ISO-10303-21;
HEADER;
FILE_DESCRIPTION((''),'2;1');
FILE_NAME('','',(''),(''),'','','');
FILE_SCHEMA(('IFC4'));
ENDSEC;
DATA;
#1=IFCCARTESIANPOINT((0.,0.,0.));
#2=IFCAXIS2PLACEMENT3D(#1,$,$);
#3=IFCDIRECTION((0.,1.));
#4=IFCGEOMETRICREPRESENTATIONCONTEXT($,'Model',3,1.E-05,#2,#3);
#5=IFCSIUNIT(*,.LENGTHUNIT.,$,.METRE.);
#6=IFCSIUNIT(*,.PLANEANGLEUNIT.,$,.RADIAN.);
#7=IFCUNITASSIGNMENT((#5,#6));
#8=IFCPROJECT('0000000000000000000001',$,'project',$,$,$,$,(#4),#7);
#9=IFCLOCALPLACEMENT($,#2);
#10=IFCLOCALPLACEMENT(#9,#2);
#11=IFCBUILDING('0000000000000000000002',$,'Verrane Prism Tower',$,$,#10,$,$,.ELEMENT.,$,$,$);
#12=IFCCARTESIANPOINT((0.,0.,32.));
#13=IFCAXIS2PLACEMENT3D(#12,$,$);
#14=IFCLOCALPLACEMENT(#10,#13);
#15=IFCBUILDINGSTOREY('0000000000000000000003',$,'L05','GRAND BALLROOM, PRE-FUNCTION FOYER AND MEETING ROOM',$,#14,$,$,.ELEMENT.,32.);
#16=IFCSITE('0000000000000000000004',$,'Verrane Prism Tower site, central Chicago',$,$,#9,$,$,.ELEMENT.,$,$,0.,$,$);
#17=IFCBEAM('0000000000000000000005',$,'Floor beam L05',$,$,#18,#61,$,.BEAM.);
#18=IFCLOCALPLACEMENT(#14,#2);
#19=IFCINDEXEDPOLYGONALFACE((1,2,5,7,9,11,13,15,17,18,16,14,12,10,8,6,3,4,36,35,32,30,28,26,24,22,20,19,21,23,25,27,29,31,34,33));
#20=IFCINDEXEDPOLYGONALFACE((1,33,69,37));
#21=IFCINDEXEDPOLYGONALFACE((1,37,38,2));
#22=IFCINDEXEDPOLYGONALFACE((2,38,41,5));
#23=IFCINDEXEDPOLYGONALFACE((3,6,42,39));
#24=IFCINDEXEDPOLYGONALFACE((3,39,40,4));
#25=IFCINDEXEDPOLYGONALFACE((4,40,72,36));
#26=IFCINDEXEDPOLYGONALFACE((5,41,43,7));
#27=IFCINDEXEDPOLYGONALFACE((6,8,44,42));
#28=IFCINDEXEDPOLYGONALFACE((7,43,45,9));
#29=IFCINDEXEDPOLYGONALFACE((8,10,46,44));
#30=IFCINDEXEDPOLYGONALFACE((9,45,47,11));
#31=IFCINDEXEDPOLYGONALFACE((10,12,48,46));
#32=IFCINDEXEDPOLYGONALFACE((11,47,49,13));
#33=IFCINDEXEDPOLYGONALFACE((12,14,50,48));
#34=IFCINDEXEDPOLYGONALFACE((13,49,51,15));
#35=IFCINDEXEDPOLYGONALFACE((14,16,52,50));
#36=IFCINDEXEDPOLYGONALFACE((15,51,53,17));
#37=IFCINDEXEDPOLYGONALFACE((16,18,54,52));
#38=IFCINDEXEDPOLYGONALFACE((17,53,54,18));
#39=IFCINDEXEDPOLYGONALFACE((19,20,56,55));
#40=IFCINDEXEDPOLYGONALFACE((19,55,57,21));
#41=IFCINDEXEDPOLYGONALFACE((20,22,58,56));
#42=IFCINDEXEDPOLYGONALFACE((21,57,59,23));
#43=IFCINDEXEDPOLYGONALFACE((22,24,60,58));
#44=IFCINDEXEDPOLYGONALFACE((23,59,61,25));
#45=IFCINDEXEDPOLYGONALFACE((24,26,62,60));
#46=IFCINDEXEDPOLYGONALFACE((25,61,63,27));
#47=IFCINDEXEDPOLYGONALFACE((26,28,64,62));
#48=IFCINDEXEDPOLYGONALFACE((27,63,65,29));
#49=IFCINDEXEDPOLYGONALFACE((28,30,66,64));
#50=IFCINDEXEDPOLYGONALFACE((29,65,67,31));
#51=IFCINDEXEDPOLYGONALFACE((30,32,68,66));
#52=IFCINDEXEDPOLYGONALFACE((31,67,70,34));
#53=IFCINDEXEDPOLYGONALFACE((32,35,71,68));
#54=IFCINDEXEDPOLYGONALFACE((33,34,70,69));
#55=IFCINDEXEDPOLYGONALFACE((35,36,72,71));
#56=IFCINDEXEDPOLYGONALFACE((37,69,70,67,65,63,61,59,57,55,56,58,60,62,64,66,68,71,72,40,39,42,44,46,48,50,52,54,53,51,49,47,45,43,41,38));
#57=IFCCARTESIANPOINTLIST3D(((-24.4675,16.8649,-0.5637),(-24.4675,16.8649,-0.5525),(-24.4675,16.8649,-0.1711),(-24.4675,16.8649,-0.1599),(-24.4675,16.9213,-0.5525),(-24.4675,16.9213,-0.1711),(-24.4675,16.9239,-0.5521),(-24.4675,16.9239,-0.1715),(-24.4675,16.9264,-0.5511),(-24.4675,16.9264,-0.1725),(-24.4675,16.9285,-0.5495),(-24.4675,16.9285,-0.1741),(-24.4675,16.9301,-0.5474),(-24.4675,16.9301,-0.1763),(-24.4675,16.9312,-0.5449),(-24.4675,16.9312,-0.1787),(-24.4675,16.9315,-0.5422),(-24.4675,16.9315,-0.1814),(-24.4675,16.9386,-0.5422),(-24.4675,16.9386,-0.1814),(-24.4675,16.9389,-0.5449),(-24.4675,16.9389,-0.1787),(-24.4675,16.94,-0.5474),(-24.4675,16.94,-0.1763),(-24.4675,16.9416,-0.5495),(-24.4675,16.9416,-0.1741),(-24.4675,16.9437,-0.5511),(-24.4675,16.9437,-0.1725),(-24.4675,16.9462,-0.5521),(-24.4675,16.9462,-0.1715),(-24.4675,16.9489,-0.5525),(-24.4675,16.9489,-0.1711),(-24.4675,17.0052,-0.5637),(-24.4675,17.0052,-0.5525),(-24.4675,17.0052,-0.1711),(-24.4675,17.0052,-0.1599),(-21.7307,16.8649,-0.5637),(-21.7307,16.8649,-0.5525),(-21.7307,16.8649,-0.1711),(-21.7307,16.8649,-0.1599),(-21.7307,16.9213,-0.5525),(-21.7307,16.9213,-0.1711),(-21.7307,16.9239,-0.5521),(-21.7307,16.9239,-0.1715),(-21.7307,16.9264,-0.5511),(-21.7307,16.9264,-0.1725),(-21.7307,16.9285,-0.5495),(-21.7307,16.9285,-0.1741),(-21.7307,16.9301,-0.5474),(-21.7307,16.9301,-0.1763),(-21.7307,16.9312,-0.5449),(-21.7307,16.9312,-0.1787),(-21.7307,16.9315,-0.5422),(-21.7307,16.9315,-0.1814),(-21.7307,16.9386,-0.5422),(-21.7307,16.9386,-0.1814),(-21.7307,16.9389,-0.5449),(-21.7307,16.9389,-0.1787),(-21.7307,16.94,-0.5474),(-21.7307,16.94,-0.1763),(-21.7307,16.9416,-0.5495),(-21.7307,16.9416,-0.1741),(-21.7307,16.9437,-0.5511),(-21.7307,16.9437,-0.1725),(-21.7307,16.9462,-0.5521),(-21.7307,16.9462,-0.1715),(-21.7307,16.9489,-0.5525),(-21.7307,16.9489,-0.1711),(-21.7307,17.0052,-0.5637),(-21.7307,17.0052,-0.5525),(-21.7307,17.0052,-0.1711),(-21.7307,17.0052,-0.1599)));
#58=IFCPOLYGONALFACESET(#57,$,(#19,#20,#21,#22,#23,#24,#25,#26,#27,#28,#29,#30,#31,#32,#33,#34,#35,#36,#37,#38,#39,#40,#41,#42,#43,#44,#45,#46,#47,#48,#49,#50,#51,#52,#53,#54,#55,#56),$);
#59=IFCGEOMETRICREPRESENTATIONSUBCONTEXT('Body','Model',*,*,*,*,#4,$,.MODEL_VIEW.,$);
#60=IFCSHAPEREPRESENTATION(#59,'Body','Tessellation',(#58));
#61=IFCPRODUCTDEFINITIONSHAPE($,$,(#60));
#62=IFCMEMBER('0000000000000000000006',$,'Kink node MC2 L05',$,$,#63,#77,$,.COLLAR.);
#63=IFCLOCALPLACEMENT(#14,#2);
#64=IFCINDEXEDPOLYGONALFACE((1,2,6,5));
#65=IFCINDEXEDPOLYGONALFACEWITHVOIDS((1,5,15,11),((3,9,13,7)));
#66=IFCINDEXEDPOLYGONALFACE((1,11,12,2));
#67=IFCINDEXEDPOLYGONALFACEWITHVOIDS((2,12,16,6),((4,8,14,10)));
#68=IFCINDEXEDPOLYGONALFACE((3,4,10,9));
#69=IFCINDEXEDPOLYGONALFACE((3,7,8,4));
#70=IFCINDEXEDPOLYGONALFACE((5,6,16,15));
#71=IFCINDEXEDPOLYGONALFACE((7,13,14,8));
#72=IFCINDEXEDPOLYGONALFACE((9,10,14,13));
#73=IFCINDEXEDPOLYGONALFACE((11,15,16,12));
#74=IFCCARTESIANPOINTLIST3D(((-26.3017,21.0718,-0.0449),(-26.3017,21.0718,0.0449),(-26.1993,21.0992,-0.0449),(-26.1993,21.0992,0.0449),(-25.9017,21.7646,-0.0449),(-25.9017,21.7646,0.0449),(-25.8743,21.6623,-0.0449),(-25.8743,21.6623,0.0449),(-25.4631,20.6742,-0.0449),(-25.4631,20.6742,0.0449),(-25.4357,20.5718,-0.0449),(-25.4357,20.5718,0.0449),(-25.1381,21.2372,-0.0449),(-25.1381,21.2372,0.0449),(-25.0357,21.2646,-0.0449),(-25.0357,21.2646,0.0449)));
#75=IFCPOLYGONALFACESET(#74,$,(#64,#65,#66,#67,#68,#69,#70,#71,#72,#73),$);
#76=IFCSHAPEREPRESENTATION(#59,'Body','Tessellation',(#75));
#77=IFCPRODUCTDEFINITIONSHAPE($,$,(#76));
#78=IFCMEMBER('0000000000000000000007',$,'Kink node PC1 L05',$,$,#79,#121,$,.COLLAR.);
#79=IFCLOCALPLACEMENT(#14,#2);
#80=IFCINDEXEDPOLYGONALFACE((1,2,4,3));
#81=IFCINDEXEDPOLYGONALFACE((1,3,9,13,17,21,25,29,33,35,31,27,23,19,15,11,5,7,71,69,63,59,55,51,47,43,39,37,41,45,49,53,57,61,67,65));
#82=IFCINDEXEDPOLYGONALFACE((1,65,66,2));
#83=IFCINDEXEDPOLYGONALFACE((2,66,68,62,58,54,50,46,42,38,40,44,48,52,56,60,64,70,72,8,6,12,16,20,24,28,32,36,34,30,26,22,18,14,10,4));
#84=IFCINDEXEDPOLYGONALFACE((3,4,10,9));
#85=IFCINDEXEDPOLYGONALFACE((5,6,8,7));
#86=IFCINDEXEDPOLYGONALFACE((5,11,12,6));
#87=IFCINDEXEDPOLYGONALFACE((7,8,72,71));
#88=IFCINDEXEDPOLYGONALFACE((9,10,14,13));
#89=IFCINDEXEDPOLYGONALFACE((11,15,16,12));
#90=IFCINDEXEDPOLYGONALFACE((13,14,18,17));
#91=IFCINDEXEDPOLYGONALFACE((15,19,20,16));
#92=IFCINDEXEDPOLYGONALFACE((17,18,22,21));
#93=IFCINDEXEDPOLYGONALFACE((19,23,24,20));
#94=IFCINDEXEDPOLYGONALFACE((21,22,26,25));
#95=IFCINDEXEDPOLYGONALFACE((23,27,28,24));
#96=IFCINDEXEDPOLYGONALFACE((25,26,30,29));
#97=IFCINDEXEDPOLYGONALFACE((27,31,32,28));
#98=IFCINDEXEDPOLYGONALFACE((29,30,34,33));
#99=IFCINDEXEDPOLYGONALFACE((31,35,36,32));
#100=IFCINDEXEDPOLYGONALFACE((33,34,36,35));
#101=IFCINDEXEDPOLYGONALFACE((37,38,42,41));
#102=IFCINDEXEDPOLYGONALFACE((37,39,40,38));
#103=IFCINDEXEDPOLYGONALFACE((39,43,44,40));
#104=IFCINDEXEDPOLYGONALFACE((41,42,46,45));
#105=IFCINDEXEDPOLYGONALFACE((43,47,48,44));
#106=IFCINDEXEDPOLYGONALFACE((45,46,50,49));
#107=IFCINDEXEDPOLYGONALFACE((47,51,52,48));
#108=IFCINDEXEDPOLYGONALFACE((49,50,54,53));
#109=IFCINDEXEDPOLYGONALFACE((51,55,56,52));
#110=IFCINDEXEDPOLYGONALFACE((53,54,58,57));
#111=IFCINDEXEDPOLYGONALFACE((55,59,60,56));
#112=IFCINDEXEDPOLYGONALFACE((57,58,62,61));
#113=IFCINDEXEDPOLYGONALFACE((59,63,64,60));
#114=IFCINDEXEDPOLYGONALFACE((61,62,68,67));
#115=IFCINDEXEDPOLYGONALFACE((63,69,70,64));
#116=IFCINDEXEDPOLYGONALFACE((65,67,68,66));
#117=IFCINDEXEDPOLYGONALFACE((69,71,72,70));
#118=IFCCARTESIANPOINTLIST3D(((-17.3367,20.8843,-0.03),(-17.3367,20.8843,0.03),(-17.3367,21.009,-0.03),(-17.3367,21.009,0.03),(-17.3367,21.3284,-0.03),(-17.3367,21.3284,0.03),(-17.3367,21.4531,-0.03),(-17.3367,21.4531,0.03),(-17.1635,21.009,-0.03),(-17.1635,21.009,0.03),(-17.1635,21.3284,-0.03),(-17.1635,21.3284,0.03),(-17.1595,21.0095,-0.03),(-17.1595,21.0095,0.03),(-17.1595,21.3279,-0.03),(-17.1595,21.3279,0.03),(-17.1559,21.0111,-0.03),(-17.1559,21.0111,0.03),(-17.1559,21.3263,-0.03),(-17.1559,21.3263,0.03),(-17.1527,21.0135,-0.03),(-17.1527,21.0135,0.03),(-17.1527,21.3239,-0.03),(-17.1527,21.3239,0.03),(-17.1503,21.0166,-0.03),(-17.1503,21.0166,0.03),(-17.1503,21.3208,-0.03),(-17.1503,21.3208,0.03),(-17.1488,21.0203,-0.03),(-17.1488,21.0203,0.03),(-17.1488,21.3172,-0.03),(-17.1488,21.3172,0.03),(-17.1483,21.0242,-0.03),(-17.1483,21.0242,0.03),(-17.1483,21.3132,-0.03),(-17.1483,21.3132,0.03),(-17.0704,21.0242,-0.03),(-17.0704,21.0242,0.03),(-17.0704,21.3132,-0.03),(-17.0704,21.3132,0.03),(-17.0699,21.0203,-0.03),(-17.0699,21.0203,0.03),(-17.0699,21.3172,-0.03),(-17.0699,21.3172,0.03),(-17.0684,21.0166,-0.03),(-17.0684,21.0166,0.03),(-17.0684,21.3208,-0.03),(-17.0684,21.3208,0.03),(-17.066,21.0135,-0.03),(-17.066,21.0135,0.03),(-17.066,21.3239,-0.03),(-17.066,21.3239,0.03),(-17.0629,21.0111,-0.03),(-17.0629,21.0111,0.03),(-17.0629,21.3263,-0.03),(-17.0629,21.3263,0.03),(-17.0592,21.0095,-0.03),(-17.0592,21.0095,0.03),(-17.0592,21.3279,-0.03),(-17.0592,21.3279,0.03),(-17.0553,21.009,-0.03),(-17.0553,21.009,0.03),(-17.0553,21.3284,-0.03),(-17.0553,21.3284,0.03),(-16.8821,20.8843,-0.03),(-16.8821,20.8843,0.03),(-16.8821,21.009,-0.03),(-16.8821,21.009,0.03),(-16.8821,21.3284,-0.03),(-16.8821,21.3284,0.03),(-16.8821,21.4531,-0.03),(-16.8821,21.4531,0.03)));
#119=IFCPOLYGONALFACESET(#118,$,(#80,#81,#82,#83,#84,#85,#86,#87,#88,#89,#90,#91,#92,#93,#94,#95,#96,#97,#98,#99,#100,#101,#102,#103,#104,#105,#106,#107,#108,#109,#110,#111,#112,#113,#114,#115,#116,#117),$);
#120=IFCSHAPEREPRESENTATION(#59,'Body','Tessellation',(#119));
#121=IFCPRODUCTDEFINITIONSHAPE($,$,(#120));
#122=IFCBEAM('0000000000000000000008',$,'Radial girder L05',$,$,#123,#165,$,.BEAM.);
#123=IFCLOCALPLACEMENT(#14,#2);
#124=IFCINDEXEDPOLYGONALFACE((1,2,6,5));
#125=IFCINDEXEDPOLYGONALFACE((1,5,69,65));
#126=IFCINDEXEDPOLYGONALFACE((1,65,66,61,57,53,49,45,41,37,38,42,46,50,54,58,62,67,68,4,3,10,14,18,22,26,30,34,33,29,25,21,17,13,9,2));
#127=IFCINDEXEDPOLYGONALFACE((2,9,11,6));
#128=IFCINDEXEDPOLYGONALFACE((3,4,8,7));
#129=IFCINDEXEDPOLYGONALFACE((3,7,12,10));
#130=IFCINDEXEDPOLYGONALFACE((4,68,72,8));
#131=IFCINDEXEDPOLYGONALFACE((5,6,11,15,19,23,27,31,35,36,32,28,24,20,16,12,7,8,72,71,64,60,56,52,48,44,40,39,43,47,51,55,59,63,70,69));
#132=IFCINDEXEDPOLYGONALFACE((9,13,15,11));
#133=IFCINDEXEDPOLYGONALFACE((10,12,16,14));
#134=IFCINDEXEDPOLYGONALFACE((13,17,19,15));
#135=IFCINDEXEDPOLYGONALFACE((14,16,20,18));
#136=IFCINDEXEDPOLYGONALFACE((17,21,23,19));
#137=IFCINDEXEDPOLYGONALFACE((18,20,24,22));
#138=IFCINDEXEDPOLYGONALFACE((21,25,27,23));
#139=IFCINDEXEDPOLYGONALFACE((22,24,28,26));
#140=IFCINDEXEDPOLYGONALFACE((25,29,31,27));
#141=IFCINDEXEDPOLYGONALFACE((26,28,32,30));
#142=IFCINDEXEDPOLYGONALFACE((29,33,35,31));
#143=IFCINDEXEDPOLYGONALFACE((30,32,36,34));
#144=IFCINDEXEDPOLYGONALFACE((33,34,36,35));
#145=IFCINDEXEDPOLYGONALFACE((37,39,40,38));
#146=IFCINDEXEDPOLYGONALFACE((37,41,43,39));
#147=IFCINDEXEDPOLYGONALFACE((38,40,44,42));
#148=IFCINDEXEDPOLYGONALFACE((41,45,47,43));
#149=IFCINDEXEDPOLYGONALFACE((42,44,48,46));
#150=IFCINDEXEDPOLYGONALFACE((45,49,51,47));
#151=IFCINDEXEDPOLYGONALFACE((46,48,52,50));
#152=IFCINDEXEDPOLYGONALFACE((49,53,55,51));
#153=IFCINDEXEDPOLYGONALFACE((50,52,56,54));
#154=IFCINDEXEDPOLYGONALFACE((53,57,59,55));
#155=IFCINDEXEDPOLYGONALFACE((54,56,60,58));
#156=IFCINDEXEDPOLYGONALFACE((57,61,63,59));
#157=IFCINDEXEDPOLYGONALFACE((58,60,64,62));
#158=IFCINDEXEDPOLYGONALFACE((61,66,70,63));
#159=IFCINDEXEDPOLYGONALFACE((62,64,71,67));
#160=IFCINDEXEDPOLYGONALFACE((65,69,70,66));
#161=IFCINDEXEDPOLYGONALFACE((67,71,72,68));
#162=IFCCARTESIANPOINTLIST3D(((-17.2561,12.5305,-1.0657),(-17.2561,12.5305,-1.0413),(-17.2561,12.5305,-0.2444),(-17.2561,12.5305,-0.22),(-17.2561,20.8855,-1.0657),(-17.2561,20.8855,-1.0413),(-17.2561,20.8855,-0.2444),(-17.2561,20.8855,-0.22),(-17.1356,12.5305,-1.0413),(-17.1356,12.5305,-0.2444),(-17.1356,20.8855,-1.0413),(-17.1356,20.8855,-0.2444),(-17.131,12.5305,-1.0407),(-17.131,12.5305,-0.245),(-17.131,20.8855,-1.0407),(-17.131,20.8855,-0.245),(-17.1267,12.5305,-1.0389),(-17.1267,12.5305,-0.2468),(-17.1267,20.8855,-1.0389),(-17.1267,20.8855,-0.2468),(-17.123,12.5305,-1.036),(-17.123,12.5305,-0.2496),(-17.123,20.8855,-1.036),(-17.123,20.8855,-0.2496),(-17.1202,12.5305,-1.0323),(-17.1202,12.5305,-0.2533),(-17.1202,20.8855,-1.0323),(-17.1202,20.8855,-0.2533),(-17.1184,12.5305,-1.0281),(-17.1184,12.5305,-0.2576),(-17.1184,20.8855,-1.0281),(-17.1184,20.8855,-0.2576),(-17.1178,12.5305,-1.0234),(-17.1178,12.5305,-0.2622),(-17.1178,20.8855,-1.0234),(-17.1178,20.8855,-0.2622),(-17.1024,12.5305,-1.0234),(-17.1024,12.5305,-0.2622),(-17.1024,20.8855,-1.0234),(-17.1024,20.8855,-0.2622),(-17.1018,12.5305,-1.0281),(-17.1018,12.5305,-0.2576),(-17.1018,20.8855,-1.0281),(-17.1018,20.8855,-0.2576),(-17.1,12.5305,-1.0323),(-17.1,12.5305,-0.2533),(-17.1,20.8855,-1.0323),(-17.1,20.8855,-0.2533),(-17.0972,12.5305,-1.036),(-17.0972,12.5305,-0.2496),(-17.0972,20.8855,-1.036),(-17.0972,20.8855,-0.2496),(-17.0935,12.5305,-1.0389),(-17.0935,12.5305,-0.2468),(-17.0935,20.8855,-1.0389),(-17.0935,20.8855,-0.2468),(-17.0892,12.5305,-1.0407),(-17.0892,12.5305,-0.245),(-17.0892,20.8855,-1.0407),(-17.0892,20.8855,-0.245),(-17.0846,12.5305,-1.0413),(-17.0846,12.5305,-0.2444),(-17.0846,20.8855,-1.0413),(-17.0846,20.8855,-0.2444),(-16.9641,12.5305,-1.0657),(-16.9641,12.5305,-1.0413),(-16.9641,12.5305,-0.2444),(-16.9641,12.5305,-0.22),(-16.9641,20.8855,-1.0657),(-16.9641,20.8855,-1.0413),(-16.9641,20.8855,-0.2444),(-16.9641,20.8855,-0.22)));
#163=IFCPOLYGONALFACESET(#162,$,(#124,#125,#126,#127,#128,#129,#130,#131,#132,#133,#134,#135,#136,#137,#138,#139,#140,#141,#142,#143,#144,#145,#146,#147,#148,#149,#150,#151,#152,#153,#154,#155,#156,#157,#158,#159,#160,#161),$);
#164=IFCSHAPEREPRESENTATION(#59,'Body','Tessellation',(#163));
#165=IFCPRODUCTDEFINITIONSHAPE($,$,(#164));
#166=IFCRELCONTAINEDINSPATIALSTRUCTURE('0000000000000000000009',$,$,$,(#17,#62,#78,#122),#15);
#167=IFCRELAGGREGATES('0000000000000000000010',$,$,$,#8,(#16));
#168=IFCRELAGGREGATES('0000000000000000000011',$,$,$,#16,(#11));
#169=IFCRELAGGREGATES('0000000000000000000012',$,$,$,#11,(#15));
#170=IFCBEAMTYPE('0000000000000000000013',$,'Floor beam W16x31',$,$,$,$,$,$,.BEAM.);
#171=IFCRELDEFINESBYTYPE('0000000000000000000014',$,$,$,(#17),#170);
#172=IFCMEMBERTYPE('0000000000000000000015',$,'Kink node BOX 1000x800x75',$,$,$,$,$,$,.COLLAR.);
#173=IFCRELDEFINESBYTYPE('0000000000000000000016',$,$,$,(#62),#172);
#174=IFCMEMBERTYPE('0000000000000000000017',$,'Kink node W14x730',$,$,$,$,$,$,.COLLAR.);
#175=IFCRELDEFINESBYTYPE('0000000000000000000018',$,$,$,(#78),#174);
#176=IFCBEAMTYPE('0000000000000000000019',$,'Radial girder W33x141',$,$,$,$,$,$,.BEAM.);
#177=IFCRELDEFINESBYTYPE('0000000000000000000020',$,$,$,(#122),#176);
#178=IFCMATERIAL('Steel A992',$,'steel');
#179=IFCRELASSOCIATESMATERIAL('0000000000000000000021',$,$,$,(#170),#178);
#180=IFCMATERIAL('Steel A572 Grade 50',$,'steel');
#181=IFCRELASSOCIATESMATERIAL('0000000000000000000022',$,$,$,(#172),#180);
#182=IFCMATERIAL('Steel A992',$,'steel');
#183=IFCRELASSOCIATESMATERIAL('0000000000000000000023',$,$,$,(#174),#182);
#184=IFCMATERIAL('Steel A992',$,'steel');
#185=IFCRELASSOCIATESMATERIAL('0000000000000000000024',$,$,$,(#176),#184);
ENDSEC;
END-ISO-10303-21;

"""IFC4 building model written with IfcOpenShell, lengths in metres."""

from ifc_helpers import new_model, si_unit, direction, frame, origin, origin_2d, place, context, subcontext, project, spatial, hollow_rectangle, i_section, extrude, material, material_profile, profile_set, type_object, element, save


model = new_model("IFC4")

# Units and contexts
model_context = context("Model", 3, precision=1e-05, world=origin(), true_north=direction((0.0, 1.0)))
body_context = subcontext(model_context, "Body", "Model", "MODEL_VIEW")
ifc_project = project(units=[si_unit("LENGTHUNIT", "METRE"), si_unit("PLANEANGLEUNIT", "RADIAN")], contexts=[model_context])

# Site, building, storey
site_placement = place(None, origin())
site = spatial("IfcSite", under=ifc_project, at=site_placement, Name="Verrane Prism Tower site, central Chicago", CompositionType="ELEMENT", RefElevation=0.0)
building_placement = place(site_placement, origin())
building = spatial("IfcBuilding", under=site, at=building_placement, Name="Verrane Prism Tower", CompositionType="ELEMENT")
storey_placement = place(building_placement, frame((0.0, 0.0, 32.0)))
storey = spatial("IfcBuildingStorey", under=building, at=storey_placement, Name="L05", Description="GRAND BALLROOM, PRE-FUNCTION FOYER AND MEETING ROOM", CompositionType="ELEMENT", Elevation=32.0)

# Beam
ifc_material_1 = material(Name="Steel A992", Category="steel")
ifc_material_profile_1 = material_profile(ifc_material_1, i_section(OverallWidth=0.1404, OverallDepth=0.4038, WebThickness=0.0071, FlangeThickness=0.0112, FilletRadius=0.0103, at=origin_2d()), Name="W16x31")
ifc_profile_set_1 = profile_set([ifc_material_profile_1], Name="Steel A992")
beam_type_1 = type_object("IfcBeamType", Name="Floor beam W16x31", PredefinedType="BEAM", material=ifc_profile_set_1)
beam_1_placement = place(storey_placement, frame((-24.4675, 16.9351, -0.3618), z_axis=(1.0, 0.0, 0.0), x_axis=(0.0, 1.0, 0.0)))
element("IfcBeam", 1, at=beam_1_placement, inside=storey, type_object=beam_type_1, Name="Floor beam L05", PredefinedType="BEAM", context=body_context, shape_type="SweptSolid", body=[
    extrude(i_section(OverallWidth=0.1404, OverallDepth=0.4038, WebThickness=0.0071, FlangeThickness=0.0112, FilletRadius=0.0103, at=origin_2d()), origin(), (0.0, 0.0, 1.0), 2.7368),
])

# Members
ifc_material_2 = material(Name="Steel A572 Grade 50", Category="steel")
ifc_material_profile_2 = material_profile(ifc_material_2, hollow_rectangle(XDim=0.8, YDim=1.0, WallThickness=0.075, at=origin_2d()), Name="BOX 1000x800x75")
ifc_profile_set_2 = profile_set([ifc_material_profile_2], Name="Steel A572 Grade 50")
member_type_1 = type_object("IfcMemberType", Name="Kink node BOX 1000x800x75", PredefinedType="COLLAR", material=ifc_profile_set_2)
member_1_placement = place(storey_placement, frame((-25.6687, 21.1682, -0.0449), z_axis=(0.0, 0.0, 1.0), x_axis=(0.5, 0.866025, 0.0)))
element("IfcMember", 2, at=member_1_placement, inside=storey, type_object=member_type_1, Name="Kink node MC2 L05", PredefinedType="COLLAR", context=body_context, shape_type="SweptSolid", body=[
    extrude(hollow_rectangle(XDim=0.8, YDim=1.0, WallThickness=0.075, at=origin_2d()), origin(), (0.0, 0.0, 1.0), 0.0898),
])
ifc_material_3 = material(Name="Steel A992", Category="steel")
ifc_material_profile_3 = material_profile(ifc_material_3, i_section(OverallWidth=0.4546, OverallDepth=0.5688, WebThickness=0.0779, FlangeThickness=0.1248, FilletRadius=0.0151, at=origin_2d()), Name="W14x730")
ifc_profile_set_3 = profile_set([ifc_material_profile_3], Name="Steel A992")
member_type_2 = type_object("IfcMemberType", Name="Kink node W14x730", PredefinedType="COLLAR", material=ifc_profile_set_3)
member_2_placement = place(storey_placement, frame((-17.1094, 21.1687, -0.03), z_axis=(0.0, 0.0, 1.0), x_axis=(1.0, 0.0, 0.0)))
element("IfcMember", 3, at=member_2_placement, inside=storey, type_object=member_type_2, Name="Kink node PC1 L05", PredefinedType="COLLAR", context=body_context, shape_type="SweptSolid", body=[
    extrude(i_section(OverallWidth=0.4546, OverallDepth=0.5688, WebThickness=0.0779, FlangeThickness=0.1248, FilletRadius=0.0151, at=origin_2d()), origin(), (0.0, 0.0, 1.0), 0.0601),
])

# Beam
ifc_material_4 = material(Name="Steel A992", Category="steel")
ifc_material_profile_4 = material_profile(ifc_material_4, i_section(OverallWidth=0.292, OverallDepth=0.8457, WebThickness=0.0154, FlangeThickness=0.0244, FilletRadius=0.0178, at=origin_2d()), Name="W33x141")
ifc_profile_set_4 = profile_set([ifc_material_profile_4], Name="Steel A992")
beam_type_2 = type_object("IfcBeamType", Name="Radial girder W33x141", PredefinedType="BEAM", material=ifc_profile_set_4)
beam_2_placement = place(storey_placement, frame((-17.1101, 20.8855, -0.6428), z_axis=(0.0, -1.0, 0.0), x_axis=(1.0, 0.0, 0.0)))
element("IfcBeam", 4, at=beam_2_placement, inside=storey, type_object=beam_type_2, Name="Radial girder L05", PredefinedType="BEAM", context=body_context, shape_type="SweptSolid", body=[
    extrude(i_section(OverallWidth=0.292, OverallDepth=0.8457, WebThickness=0.0154, FlangeThickness=0.0244, FilletRadius=0.0178, at=origin_2d()), origin(), (0.0, 0.0, 1.0), 8.355),
])

save(model, "model.ifc")
